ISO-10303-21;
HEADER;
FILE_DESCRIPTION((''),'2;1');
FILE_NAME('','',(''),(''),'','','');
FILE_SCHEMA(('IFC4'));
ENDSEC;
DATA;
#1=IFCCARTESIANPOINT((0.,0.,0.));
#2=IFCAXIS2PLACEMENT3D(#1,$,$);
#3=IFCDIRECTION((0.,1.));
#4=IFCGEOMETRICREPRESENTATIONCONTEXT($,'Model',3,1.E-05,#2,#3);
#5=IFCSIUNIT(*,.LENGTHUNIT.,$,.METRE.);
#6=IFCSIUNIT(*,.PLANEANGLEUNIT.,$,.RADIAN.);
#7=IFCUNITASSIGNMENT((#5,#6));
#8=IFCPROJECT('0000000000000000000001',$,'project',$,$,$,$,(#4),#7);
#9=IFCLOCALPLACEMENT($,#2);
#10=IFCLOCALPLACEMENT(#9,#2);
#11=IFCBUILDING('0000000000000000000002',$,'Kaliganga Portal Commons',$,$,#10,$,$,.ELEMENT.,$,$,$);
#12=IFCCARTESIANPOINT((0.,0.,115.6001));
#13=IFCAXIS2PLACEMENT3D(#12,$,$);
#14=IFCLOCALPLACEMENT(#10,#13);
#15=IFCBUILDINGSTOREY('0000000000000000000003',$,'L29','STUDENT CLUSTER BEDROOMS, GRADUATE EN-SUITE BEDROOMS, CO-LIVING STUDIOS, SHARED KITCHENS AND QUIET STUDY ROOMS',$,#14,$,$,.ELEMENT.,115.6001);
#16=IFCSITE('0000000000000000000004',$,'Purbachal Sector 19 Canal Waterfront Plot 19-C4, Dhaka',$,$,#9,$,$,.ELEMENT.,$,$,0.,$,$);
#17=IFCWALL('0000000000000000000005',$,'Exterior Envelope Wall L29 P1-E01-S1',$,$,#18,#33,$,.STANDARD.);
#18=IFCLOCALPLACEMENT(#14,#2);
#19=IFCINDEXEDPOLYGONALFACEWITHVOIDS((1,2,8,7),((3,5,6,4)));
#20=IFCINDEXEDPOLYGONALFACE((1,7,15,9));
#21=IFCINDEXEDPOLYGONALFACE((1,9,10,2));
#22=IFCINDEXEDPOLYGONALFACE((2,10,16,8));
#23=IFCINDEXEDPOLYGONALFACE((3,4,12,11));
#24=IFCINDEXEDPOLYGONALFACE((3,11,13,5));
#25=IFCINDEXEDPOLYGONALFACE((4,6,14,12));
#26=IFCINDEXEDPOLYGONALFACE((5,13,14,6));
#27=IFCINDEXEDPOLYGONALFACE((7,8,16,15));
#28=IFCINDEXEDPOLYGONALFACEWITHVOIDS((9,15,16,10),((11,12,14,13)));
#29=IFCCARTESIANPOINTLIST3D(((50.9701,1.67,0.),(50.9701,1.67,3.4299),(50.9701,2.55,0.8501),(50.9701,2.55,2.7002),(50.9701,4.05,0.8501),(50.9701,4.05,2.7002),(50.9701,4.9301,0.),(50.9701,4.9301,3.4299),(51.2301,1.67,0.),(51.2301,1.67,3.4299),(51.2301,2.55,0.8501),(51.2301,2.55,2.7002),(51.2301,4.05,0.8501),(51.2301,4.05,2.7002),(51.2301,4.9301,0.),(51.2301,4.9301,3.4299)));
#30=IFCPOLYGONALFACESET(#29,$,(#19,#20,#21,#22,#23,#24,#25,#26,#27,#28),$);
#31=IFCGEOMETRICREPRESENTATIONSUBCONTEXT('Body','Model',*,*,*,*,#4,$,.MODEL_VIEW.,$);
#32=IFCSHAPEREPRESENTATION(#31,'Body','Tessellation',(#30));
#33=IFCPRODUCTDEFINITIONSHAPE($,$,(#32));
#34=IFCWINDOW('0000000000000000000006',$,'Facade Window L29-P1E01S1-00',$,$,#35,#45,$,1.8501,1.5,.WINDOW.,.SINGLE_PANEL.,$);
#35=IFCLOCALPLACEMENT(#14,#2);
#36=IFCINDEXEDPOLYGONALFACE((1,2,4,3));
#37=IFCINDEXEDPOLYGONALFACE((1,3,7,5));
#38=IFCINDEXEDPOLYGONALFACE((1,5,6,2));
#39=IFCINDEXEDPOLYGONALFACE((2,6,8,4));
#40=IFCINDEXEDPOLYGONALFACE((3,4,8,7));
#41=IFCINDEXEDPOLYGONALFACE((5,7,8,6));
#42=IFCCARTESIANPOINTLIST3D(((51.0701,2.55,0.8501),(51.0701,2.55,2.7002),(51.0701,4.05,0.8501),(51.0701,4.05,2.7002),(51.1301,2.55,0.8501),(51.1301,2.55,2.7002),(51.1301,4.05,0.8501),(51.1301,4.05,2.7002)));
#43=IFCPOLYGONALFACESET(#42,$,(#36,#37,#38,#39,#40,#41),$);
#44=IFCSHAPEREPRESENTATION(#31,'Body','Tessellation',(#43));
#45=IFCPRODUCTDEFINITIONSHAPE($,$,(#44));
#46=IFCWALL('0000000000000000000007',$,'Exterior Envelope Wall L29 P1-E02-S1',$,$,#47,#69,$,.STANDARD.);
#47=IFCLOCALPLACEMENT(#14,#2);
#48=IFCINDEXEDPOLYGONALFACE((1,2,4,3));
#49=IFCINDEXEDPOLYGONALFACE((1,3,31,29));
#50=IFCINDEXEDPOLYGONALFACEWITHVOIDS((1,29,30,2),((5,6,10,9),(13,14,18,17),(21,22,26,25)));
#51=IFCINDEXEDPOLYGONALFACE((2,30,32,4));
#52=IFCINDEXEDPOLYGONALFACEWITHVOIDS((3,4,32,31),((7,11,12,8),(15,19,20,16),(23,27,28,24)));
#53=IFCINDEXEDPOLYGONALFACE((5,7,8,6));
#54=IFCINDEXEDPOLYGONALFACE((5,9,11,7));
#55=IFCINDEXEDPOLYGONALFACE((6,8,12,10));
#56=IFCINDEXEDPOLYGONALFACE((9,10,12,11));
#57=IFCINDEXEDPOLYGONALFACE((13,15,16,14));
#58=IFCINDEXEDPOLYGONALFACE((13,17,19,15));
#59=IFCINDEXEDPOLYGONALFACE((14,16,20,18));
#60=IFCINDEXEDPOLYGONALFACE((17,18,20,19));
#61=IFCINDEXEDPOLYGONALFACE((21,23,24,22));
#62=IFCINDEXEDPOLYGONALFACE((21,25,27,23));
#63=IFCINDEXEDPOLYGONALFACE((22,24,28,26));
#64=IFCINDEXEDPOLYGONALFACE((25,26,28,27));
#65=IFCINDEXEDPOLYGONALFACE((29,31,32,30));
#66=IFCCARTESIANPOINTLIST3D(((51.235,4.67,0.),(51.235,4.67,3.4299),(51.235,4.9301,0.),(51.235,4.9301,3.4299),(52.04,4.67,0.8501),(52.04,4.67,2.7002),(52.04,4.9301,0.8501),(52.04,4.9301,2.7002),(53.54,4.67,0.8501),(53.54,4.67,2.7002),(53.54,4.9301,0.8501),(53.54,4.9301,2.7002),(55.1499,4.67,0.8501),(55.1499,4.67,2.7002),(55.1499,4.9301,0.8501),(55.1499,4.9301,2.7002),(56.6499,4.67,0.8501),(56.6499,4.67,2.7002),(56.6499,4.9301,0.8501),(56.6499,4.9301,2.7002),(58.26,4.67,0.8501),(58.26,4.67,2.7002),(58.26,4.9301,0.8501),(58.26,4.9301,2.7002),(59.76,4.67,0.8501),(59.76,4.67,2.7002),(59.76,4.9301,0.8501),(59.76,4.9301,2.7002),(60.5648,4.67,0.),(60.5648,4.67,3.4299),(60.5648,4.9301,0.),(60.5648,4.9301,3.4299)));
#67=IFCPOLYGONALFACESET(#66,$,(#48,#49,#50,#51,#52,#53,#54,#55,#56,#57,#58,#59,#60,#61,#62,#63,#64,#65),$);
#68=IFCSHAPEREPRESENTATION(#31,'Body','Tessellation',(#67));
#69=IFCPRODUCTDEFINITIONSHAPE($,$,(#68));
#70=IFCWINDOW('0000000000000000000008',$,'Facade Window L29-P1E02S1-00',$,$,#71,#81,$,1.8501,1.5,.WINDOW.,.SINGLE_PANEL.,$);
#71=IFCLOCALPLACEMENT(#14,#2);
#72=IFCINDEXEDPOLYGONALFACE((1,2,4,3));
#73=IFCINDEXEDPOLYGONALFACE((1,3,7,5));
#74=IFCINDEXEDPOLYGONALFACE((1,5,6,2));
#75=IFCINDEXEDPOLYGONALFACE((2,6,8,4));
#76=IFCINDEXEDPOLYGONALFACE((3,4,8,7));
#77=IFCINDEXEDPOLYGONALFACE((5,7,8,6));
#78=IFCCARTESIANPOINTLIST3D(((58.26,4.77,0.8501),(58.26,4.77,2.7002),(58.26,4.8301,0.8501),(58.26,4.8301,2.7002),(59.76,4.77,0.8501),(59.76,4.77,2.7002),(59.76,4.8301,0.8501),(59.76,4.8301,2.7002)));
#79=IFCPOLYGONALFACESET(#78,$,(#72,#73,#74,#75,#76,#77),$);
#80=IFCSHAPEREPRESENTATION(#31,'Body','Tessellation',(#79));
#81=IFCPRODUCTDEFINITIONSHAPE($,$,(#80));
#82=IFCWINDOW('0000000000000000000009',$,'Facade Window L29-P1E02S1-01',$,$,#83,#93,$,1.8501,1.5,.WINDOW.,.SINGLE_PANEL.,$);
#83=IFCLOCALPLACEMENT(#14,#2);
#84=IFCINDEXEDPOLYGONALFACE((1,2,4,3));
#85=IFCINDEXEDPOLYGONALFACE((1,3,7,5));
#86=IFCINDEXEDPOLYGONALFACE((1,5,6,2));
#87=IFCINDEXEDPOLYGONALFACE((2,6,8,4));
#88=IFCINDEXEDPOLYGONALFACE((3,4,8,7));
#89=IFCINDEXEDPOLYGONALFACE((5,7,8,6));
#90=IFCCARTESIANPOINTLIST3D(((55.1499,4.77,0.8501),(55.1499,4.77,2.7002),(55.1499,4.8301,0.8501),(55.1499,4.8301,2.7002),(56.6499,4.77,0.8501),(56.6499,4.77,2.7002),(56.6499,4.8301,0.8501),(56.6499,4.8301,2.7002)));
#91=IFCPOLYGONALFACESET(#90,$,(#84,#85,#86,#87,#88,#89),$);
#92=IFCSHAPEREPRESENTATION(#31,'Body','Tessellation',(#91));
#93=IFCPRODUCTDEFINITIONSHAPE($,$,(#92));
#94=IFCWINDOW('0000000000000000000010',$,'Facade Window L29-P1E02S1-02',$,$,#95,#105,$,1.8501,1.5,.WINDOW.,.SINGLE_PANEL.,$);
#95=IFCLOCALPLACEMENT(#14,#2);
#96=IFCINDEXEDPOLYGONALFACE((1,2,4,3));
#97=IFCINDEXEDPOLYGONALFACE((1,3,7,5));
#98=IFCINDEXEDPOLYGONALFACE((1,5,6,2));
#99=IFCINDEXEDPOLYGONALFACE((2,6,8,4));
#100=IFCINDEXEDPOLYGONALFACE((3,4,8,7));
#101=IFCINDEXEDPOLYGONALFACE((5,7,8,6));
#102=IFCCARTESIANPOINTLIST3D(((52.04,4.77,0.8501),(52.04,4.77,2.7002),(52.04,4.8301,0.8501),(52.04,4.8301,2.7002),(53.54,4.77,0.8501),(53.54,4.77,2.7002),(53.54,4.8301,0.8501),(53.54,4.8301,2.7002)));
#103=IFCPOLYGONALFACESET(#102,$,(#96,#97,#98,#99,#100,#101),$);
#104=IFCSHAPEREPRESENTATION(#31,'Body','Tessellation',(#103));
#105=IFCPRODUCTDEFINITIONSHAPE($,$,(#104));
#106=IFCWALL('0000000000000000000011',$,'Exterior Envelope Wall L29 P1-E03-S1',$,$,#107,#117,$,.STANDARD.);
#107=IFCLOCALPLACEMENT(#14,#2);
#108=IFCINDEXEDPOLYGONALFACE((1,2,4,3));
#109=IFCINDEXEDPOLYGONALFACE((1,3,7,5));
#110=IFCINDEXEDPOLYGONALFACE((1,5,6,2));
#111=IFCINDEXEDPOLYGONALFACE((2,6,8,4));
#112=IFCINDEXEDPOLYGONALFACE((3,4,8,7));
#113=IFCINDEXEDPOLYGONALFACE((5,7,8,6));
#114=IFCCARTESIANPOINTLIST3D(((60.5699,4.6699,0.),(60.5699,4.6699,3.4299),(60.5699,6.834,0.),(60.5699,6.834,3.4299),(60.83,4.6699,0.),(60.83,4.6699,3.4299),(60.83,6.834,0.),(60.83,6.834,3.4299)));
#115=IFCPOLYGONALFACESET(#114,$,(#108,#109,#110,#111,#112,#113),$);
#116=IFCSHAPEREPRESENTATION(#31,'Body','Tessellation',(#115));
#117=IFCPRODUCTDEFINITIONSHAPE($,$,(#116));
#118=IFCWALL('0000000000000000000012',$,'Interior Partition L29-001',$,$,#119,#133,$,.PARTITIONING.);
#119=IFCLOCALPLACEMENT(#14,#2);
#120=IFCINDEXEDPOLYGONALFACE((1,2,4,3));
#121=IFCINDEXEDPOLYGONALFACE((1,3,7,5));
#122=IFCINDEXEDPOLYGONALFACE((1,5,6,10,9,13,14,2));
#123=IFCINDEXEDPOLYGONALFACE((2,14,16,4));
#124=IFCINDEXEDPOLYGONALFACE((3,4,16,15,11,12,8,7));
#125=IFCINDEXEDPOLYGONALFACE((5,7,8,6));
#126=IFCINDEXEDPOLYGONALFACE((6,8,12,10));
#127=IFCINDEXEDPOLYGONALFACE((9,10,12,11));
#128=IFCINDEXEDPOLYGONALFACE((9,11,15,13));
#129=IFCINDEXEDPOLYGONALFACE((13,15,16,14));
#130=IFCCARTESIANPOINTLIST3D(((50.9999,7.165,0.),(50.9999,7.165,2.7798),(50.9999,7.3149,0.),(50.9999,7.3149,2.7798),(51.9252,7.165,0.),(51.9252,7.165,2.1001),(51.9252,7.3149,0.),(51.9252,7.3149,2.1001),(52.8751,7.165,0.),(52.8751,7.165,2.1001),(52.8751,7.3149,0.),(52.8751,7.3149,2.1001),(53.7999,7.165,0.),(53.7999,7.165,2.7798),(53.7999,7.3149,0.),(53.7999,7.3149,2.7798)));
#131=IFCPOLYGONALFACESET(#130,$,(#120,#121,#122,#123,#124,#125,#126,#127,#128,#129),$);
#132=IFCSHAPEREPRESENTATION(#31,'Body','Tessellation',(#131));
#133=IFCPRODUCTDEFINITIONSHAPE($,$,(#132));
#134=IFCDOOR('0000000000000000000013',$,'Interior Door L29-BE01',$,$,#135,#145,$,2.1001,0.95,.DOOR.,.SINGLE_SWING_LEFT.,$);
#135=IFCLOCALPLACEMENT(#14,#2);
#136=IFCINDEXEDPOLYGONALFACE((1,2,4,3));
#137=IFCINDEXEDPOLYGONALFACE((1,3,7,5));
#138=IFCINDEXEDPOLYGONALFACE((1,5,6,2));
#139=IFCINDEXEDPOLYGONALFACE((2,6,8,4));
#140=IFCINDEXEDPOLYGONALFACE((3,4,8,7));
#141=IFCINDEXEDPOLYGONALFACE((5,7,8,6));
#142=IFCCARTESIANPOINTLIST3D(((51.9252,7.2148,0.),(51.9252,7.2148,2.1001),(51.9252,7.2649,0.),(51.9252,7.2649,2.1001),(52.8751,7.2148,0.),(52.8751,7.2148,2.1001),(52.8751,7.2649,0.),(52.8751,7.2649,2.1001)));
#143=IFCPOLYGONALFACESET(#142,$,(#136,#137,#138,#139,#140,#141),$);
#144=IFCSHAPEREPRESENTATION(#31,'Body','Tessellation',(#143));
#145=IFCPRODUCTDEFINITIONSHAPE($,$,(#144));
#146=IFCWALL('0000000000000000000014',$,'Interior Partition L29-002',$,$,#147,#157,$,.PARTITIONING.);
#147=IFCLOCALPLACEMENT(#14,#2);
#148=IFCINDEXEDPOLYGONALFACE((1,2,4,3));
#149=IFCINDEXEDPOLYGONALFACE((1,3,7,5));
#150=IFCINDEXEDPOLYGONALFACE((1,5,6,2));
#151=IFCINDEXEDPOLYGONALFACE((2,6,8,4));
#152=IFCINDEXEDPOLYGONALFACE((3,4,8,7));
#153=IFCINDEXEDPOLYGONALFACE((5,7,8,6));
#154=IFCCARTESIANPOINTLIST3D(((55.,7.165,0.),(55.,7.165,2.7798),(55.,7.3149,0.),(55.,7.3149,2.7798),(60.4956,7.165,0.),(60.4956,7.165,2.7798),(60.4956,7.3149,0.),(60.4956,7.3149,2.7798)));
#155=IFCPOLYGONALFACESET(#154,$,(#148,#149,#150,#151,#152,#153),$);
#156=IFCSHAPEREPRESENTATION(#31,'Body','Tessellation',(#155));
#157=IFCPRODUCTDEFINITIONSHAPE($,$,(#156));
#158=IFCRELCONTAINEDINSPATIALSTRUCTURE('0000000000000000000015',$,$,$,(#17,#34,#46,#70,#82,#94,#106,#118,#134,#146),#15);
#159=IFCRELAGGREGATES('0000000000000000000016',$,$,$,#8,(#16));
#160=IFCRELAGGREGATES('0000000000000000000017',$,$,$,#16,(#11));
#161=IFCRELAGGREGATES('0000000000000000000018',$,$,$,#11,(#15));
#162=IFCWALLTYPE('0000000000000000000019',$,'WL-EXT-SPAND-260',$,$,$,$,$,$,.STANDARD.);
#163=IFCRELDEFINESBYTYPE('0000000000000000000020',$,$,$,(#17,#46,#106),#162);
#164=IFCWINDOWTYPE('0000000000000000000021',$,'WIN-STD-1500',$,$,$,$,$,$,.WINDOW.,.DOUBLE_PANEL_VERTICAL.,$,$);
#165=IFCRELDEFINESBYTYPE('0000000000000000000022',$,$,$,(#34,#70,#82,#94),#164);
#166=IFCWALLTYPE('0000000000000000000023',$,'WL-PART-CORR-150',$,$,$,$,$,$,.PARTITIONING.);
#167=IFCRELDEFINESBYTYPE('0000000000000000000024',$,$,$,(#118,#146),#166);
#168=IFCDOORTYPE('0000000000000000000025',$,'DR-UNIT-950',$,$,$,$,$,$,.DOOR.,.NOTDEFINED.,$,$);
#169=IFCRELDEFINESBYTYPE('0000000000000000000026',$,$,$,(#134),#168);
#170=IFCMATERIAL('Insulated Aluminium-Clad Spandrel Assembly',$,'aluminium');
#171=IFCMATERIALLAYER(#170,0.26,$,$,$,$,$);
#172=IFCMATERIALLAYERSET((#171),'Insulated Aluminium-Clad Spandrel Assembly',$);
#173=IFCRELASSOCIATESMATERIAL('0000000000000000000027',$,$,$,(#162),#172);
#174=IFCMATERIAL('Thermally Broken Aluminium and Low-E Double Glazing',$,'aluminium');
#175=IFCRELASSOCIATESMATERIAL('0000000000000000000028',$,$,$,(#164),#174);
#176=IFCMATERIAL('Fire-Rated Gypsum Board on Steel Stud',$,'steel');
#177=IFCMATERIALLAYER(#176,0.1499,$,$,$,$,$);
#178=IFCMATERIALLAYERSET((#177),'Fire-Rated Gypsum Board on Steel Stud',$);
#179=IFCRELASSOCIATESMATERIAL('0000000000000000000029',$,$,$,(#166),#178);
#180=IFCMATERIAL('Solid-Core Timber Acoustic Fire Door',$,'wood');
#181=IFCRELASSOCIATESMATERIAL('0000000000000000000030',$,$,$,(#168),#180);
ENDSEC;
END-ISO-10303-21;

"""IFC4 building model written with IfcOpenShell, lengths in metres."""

from ifc_helpers import new_model, si_unit, direction, frame, frame_2d, origin, place, context, subcontext, project, spatial, rectangle, extrude, material, layer, layer_set, type_object, element, fill, save


model = new_model("IFC4")

# Units and contexts
model_context = context("Model", 3, precision=1e-05, world=origin(), true_north=direction((0.0, 1.0)))
body_context = subcontext(model_context, "Body", "Model", "MODEL_VIEW")
ifc_project = project(units=[si_unit("LENGTHUNIT", "METRE"), si_unit("PLANEANGLEUNIT", "RADIAN")], contexts=[model_context])

# Site, building, storey
site_placement = place(None, origin())
site = spatial("IfcSite", under=ifc_project, at=site_placement, Name="Purbachal Sector 19 Canal Waterfront Plot 19-C4, Dhaka", CompositionType="ELEMENT", RefElevation=0.0)
building_placement = place(site_placement, origin())
building = spatial("IfcBuilding", under=site, at=building_placement, Name="Kaliganga Portal Commons", CompositionType="ELEMENT")
storey_placement = place(building_placement, frame((0.0, 0.0, 115.6001)))
storey = spatial("IfcBuildingStorey", under=building, at=storey_placement, Name="L29", Description="STUDENT CLUSTER BEDROOMS, GRADUATE EN-SUITE BEDROOMS, CO-LIVING STUDIOS, SHARED KITCHENS AND QUIET STUDY ROOMS", CompositionType="ELEMENT", Elevation=115.6001)

# Shared definitions
ifc_material_1 = material(Name="Insulated Aluminium-Clad Spandrel Assembly", Category="aluminium")
ifc_layer_1 = layer(ifc_material_1, 0.26)
ifc_layer_set_1 = layer_set([ifc_layer_1], Name="Insulated Aluminium-Clad Spandrel Assembly")
wall_type_1 = type_object("IfcWallType", Name="WL-EXT-SPAND-260", PredefinedType="STANDARD", material=ifc_layer_set_1)
ifc_material_2 = material(Name="Thermally Broken Aluminium and Low-E Double Glazing", Category="aluminium")
window_type = type_object("IfcWindowType", Name="WIN-STD-1500", PartitioningType="DOUBLE_PANEL_VERTICAL", PredefinedType="WINDOW", material=ifc_material_2)

# Wall, opening, window
wall_1_placement = place(storey_placement, frame((51.1001, 4.9299, 0.0), z_axis=(0.0, 0.0, 1.0), x_axis=(0.0, -1.0, 0.0)))
wall_1 = element("IfcWall", 1, at=wall_1_placement, inside=storey, type_object=wall_type_1, Name="Exterior Envelope Wall L29 P1-E01-S1", PredefinedType="STANDARD", context=body_context, shape_type="SweptSolid", body=[
    extrude(rectangle(XDim=3.26, YDim=0.26, at=frame_2d((1.6299, 0.0))), origin(), (0.0, 0.0, 1.0), 3.4299),
])
opening_1_placement = place(wall_1_placement, frame((0.8799, 0.0, 0.8501)))
opening_1 = element("IfcOpeningElement", 2, at=opening_1_placement, cuts=wall_1, PredefinedType="OPENING", context=body_context, shape_type="SweptSolid", body=[
    extrude(rectangle(XDim=1.5, YDim=1.8501, at=frame_2d((0.75, 0.925))), frame((0.0, 0.1401, 0.0), z_axis=(0.0, -1.0, 0.0), x_axis=(1.0, 0.0, 0.0)), (0.0, 0.0, 1.0), 0.28),
])
window_1_placement = place(opening_1_placement, origin())
window_1 = element("IfcWindow", 3, at=window_1_placement, inside=storey, type_object=window_type, Name="Facade Window L29-P1E01S1-00", OverallHeight=1.8501, OverallWidth=1.5, PartitioningType="SINGLE_PANEL", PredefinedType="WINDOW", context=body_context, shape_type="SweptSolid", body=[
    extrude(rectangle(XDim=1.5, YDim=1.8501, at=frame_2d((0.75, 0.925))), frame((0.0, 0.03, 0.0), z_axis=(0.0, -1.0, 0.0), x_axis=(1.0, 0.0, 0.0)), (0.0, 0.0, 1.0), 0.0601),
])
fill(opening_1, window_1)

# Wall, openings, windows
wall_2_placement = place(storey_placement, frame((60.5649, 4.8, 0.0), z_axis=(0.0, 0.0, 1.0), x_axis=(-1.0, 0.0, 0.0)))
wall_2 = element("IfcWall", 4, at=wall_2_placement, inside=storey, type_object=wall_type_1, Name="Exterior Envelope Wall L29 P1-E02-S1", PredefinedType="STANDARD", context=body_context, shape_type="SweptSolid", body=[
    extrude(rectangle(XDim=9.3298, YDim=0.26, at=frame_2d((4.665, 0.0))), origin(), (0.0, 0.0, 1.0), 3.4299),
])
opening_2_placement = place(wall_2_placement, frame((0.8049, 0.0, 0.8501)))
opening_2 = element("IfcOpeningElement", 5, at=opening_2_placement, cuts=wall_2, PredefinedType="OPENING", context=body_context, shape_type="SweptSolid", body=[
    extrude(rectangle(XDim=1.5, YDim=1.8501, at=frame_2d((0.75, 0.925))), frame((0.0, 0.1401, 0.0), z_axis=(0.0, -1.0, 0.0), x_axis=(1.0, 0.0, 0.0)), (0.0, 0.0, 1.0), 0.28),
])
opening_3_placement = place(wall_2_placement, frame((3.915, 0.0, 0.8501)))
opening_3 = element("IfcOpeningElement", 6, at=opening_3_placement, cuts=wall_2, PredefinedType="OPENING", context=body_context, shape_type="SweptSolid", body=[
    extrude(rectangle(XDim=1.5, YDim=1.8501, at=frame_2d((0.75, 0.925))), frame((0.0, 0.1401, 0.0), z_axis=(0.0, -1.0, 0.0), x_axis=(1.0, 0.0, 0.0)), (0.0, 0.0, 1.0), 0.28),
])
opening_4_placement = place(wall_2_placement, frame((7.0249, 0.0, 0.8501)))
opening_4 = element("IfcOpeningElement", 7, at=opening_4_placement, cuts=wall_2, PredefinedType="OPENING", context=body_context, shape_type="SweptSolid", body=[
    extrude(rectangle(XDim=1.5, YDim=1.8501, at=frame_2d((0.75, 0.925))), frame((0.0, 0.1401, 0.0), z_axis=(0.0, -1.0, 0.0), x_axis=(1.0, 0.0, 0.0)), (0.0, 0.0, 1.0), 0.28),
])
window_2_placement = place(opening_2_placement, origin())
window_2 = element("IfcWindow", 8, at=window_2_placement, inside=storey, type_object=window_type, Name="Facade Window L29-P1E02S1-00", OverallHeight=1.8501, OverallWidth=1.5, PartitioningType="SINGLE_PANEL", PredefinedType="WINDOW", context=body_context, shape_type="SweptSolid", body=[
    extrude(rectangle(XDim=1.5, YDim=1.8501, at=frame_2d((0.75, 0.925))), frame((0.0, 0.03, 0.0), z_axis=(0.0, -1.0, 0.0), x_axis=(1.0, 0.0, 0.0)), (0.0, 0.0, 1.0), 0.0601),
])
fill(opening_2, window_2)
window_3_placement = place(opening_3_placement, origin())
window_3 = element("IfcWindow", 9, at=window_3_placement, inside=storey, type_object=window_type, Name="Facade Window L29-P1E02S1-01", OverallHeight=1.8501, OverallWidth=1.5, PartitioningType="SINGLE_PANEL", PredefinedType="WINDOW", context=body_context, shape_type="SweptSolid", body=[
    extrude(rectangle(XDim=1.5, YDim=1.8501, at=frame_2d((0.75, 0.925))), frame((0.0, 0.03, 0.0), z_axis=(0.0, -1.0, 0.0), x_axis=(1.0, 0.0, 0.0)), (0.0, 0.0, 1.0), 0.0601),
])
fill(opening_3, window_3)
window_4_placement = place(opening_4_placement, origin())
window_4 = element("IfcWindow", 10, at=window_4_placement, inside=storey, type_object=window_type, Name="Facade Window L29-P1E02S1-02", OverallHeight=1.8501, OverallWidth=1.5, PartitioningType="SINGLE_PANEL", PredefinedType="WINDOW", context=body_context, shape_type="SweptSolid", body=[
    extrude(rectangle(XDim=1.5, YDim=1.8501, at=frame_2d((0.75, 0.925))), frame((0.0, 0.03, 0.0), z_axis=(0.0, -1.0, 0.0), x_axis=(1.0, 0.0, 0.0)), (0.0, 0.0, 1.0), 0.0601),
])
fill(opening_4, window_4)

# Wall
wall_3_placement = place(storey_placement, frame((60.7, 6.834, 0.0), z_axis=(0.0, 0.0, 1.0), x_axis=(0.0, -1.0, 0.0)))
element("IfcWall", 11, at=wall_3_placement, inside=storey, type_object=wall_type_1, Name="Exterior Envelope Wall L29 P1-E03-S1", PredefinedType="STANDARD", context=body_context, shape_type="SweptSolid", body=[
    extrude(rectangle(XDim=2.1641, YDim=0.26, at=frame_2d((1.082, 0.0))), origin(), (0.0, 0.0, 1.0), 3.4299),
])

# Wall, opening, door
ifc_material_3 = material(Name="Fire-Rated Gypsum Board on Steel Stud", Category="steel")
ifc_layer_2 = layer(ifc_material_3, 0.1499)
ifc_layer_set_2 = layer_set([ifc_layer_2], Name="Fire-Rated Gypsum Board on Steel Stud")
wall_type_2 = type_object("IfcWallType", Name="WL-PART-CORR-150", PredefinedType="PARTITIONING", material=ifc_layer_set_2)
wall_4_placement = place(storey_placement, frame((51.0, 7.24, 0.0), z_axis=(0.0, 0.0, 1.0), x_axis=(1.0, 0.0, 0.0)))
wall_4 = element("IfcWall", 12, at=wall_4_placement, inside=storey, type_object=wall_type_2, Name="Interior Partition L29-001", PredefinedType="PARTITIONING", context=body_context, shape_type="SweptSolid", body=[
    extrude(rectangle(XDim=2.8, YDim=0.1499, at=frame_2d((1.3999, 0.0))), origin(), (0.0, 0.0, 1.0), 2.7798),
])
opening_5_placement = place(wall_4_placement, frame((0.925, 0.0, 0.0)))
opening_5 = element("IfcOpeningElement", 13, at=opening_5_placement, cuts=wall_4, PredefinedType="OPENING", context=body_context, shape_type="SweptSolid", body=[
    extrude(rectangle(XDim=0.95, YDim=2.1001, at=frame_2d((0.4751, 1.05))), frame((0.0, 0.085, 0.0), z_axis=(0.0, -1.0, 0.0), x_axis=(1.0, 0.0, 0.0)), (0.0, 0.0, 1.0), 0.1699),
])
ifc_material_4 = material(Name="Solid-Core Timber Acoustic Fire Door", Category="wood")
door_type = type_object("IfcDoorType", Name="DR-UNIT-950", OperationType="NOTDEFINED", PredefinedType="DOOR", material=ifc_material_4)
door_placement = place(opening_5_placement, origin())
door = element("IfcDoor", 14, at=door_placement, inside=storey, type_object=door_type, Name="Interior Door L29-BE01", OperationType="SINGLE_SWING_LEFT", OverallHeight=2.1001, OverallWidth=0.95, PredefinedType="DOOR", context=body_context, shape_type="SweptSolid", body=[
    extrude(rectangle(XDim=0.95, YDim=2.1001, at=frame_2d((0.4751, 1.05))), frame((0.0, 0.0249, 0.0), z_axis=(0.0, -1.0, 0.0), x_axis=(1.0, 0.0, 0.0)), (0.0, 0.0, 1.0), 0.05),
])
fill(opening_5, door)

# Wall
wall_5_placement = place(storey_placement, frame((55.0, 7.24, 0.0), z_axis=(0.0, 0.0, 1.0), x_axis=(1.0, 0.0, 0.0)))
element("IfcWall", 15, at=wall_5_placement, inside=storey, type_object=wall_type_2, Name="Interior Partition L29-002", PredefinedType="PARTITIONING", context=body_context, shape_type="SweptSolid", body=[
    extrude(rectangle(XDim=5.4956, YDim=0.1499, at=frame_2d((2.7478, 0.0))), origin(), (0.0, 0.0, 1.0), 2.7798),
])

save(model, "model.ifc")
